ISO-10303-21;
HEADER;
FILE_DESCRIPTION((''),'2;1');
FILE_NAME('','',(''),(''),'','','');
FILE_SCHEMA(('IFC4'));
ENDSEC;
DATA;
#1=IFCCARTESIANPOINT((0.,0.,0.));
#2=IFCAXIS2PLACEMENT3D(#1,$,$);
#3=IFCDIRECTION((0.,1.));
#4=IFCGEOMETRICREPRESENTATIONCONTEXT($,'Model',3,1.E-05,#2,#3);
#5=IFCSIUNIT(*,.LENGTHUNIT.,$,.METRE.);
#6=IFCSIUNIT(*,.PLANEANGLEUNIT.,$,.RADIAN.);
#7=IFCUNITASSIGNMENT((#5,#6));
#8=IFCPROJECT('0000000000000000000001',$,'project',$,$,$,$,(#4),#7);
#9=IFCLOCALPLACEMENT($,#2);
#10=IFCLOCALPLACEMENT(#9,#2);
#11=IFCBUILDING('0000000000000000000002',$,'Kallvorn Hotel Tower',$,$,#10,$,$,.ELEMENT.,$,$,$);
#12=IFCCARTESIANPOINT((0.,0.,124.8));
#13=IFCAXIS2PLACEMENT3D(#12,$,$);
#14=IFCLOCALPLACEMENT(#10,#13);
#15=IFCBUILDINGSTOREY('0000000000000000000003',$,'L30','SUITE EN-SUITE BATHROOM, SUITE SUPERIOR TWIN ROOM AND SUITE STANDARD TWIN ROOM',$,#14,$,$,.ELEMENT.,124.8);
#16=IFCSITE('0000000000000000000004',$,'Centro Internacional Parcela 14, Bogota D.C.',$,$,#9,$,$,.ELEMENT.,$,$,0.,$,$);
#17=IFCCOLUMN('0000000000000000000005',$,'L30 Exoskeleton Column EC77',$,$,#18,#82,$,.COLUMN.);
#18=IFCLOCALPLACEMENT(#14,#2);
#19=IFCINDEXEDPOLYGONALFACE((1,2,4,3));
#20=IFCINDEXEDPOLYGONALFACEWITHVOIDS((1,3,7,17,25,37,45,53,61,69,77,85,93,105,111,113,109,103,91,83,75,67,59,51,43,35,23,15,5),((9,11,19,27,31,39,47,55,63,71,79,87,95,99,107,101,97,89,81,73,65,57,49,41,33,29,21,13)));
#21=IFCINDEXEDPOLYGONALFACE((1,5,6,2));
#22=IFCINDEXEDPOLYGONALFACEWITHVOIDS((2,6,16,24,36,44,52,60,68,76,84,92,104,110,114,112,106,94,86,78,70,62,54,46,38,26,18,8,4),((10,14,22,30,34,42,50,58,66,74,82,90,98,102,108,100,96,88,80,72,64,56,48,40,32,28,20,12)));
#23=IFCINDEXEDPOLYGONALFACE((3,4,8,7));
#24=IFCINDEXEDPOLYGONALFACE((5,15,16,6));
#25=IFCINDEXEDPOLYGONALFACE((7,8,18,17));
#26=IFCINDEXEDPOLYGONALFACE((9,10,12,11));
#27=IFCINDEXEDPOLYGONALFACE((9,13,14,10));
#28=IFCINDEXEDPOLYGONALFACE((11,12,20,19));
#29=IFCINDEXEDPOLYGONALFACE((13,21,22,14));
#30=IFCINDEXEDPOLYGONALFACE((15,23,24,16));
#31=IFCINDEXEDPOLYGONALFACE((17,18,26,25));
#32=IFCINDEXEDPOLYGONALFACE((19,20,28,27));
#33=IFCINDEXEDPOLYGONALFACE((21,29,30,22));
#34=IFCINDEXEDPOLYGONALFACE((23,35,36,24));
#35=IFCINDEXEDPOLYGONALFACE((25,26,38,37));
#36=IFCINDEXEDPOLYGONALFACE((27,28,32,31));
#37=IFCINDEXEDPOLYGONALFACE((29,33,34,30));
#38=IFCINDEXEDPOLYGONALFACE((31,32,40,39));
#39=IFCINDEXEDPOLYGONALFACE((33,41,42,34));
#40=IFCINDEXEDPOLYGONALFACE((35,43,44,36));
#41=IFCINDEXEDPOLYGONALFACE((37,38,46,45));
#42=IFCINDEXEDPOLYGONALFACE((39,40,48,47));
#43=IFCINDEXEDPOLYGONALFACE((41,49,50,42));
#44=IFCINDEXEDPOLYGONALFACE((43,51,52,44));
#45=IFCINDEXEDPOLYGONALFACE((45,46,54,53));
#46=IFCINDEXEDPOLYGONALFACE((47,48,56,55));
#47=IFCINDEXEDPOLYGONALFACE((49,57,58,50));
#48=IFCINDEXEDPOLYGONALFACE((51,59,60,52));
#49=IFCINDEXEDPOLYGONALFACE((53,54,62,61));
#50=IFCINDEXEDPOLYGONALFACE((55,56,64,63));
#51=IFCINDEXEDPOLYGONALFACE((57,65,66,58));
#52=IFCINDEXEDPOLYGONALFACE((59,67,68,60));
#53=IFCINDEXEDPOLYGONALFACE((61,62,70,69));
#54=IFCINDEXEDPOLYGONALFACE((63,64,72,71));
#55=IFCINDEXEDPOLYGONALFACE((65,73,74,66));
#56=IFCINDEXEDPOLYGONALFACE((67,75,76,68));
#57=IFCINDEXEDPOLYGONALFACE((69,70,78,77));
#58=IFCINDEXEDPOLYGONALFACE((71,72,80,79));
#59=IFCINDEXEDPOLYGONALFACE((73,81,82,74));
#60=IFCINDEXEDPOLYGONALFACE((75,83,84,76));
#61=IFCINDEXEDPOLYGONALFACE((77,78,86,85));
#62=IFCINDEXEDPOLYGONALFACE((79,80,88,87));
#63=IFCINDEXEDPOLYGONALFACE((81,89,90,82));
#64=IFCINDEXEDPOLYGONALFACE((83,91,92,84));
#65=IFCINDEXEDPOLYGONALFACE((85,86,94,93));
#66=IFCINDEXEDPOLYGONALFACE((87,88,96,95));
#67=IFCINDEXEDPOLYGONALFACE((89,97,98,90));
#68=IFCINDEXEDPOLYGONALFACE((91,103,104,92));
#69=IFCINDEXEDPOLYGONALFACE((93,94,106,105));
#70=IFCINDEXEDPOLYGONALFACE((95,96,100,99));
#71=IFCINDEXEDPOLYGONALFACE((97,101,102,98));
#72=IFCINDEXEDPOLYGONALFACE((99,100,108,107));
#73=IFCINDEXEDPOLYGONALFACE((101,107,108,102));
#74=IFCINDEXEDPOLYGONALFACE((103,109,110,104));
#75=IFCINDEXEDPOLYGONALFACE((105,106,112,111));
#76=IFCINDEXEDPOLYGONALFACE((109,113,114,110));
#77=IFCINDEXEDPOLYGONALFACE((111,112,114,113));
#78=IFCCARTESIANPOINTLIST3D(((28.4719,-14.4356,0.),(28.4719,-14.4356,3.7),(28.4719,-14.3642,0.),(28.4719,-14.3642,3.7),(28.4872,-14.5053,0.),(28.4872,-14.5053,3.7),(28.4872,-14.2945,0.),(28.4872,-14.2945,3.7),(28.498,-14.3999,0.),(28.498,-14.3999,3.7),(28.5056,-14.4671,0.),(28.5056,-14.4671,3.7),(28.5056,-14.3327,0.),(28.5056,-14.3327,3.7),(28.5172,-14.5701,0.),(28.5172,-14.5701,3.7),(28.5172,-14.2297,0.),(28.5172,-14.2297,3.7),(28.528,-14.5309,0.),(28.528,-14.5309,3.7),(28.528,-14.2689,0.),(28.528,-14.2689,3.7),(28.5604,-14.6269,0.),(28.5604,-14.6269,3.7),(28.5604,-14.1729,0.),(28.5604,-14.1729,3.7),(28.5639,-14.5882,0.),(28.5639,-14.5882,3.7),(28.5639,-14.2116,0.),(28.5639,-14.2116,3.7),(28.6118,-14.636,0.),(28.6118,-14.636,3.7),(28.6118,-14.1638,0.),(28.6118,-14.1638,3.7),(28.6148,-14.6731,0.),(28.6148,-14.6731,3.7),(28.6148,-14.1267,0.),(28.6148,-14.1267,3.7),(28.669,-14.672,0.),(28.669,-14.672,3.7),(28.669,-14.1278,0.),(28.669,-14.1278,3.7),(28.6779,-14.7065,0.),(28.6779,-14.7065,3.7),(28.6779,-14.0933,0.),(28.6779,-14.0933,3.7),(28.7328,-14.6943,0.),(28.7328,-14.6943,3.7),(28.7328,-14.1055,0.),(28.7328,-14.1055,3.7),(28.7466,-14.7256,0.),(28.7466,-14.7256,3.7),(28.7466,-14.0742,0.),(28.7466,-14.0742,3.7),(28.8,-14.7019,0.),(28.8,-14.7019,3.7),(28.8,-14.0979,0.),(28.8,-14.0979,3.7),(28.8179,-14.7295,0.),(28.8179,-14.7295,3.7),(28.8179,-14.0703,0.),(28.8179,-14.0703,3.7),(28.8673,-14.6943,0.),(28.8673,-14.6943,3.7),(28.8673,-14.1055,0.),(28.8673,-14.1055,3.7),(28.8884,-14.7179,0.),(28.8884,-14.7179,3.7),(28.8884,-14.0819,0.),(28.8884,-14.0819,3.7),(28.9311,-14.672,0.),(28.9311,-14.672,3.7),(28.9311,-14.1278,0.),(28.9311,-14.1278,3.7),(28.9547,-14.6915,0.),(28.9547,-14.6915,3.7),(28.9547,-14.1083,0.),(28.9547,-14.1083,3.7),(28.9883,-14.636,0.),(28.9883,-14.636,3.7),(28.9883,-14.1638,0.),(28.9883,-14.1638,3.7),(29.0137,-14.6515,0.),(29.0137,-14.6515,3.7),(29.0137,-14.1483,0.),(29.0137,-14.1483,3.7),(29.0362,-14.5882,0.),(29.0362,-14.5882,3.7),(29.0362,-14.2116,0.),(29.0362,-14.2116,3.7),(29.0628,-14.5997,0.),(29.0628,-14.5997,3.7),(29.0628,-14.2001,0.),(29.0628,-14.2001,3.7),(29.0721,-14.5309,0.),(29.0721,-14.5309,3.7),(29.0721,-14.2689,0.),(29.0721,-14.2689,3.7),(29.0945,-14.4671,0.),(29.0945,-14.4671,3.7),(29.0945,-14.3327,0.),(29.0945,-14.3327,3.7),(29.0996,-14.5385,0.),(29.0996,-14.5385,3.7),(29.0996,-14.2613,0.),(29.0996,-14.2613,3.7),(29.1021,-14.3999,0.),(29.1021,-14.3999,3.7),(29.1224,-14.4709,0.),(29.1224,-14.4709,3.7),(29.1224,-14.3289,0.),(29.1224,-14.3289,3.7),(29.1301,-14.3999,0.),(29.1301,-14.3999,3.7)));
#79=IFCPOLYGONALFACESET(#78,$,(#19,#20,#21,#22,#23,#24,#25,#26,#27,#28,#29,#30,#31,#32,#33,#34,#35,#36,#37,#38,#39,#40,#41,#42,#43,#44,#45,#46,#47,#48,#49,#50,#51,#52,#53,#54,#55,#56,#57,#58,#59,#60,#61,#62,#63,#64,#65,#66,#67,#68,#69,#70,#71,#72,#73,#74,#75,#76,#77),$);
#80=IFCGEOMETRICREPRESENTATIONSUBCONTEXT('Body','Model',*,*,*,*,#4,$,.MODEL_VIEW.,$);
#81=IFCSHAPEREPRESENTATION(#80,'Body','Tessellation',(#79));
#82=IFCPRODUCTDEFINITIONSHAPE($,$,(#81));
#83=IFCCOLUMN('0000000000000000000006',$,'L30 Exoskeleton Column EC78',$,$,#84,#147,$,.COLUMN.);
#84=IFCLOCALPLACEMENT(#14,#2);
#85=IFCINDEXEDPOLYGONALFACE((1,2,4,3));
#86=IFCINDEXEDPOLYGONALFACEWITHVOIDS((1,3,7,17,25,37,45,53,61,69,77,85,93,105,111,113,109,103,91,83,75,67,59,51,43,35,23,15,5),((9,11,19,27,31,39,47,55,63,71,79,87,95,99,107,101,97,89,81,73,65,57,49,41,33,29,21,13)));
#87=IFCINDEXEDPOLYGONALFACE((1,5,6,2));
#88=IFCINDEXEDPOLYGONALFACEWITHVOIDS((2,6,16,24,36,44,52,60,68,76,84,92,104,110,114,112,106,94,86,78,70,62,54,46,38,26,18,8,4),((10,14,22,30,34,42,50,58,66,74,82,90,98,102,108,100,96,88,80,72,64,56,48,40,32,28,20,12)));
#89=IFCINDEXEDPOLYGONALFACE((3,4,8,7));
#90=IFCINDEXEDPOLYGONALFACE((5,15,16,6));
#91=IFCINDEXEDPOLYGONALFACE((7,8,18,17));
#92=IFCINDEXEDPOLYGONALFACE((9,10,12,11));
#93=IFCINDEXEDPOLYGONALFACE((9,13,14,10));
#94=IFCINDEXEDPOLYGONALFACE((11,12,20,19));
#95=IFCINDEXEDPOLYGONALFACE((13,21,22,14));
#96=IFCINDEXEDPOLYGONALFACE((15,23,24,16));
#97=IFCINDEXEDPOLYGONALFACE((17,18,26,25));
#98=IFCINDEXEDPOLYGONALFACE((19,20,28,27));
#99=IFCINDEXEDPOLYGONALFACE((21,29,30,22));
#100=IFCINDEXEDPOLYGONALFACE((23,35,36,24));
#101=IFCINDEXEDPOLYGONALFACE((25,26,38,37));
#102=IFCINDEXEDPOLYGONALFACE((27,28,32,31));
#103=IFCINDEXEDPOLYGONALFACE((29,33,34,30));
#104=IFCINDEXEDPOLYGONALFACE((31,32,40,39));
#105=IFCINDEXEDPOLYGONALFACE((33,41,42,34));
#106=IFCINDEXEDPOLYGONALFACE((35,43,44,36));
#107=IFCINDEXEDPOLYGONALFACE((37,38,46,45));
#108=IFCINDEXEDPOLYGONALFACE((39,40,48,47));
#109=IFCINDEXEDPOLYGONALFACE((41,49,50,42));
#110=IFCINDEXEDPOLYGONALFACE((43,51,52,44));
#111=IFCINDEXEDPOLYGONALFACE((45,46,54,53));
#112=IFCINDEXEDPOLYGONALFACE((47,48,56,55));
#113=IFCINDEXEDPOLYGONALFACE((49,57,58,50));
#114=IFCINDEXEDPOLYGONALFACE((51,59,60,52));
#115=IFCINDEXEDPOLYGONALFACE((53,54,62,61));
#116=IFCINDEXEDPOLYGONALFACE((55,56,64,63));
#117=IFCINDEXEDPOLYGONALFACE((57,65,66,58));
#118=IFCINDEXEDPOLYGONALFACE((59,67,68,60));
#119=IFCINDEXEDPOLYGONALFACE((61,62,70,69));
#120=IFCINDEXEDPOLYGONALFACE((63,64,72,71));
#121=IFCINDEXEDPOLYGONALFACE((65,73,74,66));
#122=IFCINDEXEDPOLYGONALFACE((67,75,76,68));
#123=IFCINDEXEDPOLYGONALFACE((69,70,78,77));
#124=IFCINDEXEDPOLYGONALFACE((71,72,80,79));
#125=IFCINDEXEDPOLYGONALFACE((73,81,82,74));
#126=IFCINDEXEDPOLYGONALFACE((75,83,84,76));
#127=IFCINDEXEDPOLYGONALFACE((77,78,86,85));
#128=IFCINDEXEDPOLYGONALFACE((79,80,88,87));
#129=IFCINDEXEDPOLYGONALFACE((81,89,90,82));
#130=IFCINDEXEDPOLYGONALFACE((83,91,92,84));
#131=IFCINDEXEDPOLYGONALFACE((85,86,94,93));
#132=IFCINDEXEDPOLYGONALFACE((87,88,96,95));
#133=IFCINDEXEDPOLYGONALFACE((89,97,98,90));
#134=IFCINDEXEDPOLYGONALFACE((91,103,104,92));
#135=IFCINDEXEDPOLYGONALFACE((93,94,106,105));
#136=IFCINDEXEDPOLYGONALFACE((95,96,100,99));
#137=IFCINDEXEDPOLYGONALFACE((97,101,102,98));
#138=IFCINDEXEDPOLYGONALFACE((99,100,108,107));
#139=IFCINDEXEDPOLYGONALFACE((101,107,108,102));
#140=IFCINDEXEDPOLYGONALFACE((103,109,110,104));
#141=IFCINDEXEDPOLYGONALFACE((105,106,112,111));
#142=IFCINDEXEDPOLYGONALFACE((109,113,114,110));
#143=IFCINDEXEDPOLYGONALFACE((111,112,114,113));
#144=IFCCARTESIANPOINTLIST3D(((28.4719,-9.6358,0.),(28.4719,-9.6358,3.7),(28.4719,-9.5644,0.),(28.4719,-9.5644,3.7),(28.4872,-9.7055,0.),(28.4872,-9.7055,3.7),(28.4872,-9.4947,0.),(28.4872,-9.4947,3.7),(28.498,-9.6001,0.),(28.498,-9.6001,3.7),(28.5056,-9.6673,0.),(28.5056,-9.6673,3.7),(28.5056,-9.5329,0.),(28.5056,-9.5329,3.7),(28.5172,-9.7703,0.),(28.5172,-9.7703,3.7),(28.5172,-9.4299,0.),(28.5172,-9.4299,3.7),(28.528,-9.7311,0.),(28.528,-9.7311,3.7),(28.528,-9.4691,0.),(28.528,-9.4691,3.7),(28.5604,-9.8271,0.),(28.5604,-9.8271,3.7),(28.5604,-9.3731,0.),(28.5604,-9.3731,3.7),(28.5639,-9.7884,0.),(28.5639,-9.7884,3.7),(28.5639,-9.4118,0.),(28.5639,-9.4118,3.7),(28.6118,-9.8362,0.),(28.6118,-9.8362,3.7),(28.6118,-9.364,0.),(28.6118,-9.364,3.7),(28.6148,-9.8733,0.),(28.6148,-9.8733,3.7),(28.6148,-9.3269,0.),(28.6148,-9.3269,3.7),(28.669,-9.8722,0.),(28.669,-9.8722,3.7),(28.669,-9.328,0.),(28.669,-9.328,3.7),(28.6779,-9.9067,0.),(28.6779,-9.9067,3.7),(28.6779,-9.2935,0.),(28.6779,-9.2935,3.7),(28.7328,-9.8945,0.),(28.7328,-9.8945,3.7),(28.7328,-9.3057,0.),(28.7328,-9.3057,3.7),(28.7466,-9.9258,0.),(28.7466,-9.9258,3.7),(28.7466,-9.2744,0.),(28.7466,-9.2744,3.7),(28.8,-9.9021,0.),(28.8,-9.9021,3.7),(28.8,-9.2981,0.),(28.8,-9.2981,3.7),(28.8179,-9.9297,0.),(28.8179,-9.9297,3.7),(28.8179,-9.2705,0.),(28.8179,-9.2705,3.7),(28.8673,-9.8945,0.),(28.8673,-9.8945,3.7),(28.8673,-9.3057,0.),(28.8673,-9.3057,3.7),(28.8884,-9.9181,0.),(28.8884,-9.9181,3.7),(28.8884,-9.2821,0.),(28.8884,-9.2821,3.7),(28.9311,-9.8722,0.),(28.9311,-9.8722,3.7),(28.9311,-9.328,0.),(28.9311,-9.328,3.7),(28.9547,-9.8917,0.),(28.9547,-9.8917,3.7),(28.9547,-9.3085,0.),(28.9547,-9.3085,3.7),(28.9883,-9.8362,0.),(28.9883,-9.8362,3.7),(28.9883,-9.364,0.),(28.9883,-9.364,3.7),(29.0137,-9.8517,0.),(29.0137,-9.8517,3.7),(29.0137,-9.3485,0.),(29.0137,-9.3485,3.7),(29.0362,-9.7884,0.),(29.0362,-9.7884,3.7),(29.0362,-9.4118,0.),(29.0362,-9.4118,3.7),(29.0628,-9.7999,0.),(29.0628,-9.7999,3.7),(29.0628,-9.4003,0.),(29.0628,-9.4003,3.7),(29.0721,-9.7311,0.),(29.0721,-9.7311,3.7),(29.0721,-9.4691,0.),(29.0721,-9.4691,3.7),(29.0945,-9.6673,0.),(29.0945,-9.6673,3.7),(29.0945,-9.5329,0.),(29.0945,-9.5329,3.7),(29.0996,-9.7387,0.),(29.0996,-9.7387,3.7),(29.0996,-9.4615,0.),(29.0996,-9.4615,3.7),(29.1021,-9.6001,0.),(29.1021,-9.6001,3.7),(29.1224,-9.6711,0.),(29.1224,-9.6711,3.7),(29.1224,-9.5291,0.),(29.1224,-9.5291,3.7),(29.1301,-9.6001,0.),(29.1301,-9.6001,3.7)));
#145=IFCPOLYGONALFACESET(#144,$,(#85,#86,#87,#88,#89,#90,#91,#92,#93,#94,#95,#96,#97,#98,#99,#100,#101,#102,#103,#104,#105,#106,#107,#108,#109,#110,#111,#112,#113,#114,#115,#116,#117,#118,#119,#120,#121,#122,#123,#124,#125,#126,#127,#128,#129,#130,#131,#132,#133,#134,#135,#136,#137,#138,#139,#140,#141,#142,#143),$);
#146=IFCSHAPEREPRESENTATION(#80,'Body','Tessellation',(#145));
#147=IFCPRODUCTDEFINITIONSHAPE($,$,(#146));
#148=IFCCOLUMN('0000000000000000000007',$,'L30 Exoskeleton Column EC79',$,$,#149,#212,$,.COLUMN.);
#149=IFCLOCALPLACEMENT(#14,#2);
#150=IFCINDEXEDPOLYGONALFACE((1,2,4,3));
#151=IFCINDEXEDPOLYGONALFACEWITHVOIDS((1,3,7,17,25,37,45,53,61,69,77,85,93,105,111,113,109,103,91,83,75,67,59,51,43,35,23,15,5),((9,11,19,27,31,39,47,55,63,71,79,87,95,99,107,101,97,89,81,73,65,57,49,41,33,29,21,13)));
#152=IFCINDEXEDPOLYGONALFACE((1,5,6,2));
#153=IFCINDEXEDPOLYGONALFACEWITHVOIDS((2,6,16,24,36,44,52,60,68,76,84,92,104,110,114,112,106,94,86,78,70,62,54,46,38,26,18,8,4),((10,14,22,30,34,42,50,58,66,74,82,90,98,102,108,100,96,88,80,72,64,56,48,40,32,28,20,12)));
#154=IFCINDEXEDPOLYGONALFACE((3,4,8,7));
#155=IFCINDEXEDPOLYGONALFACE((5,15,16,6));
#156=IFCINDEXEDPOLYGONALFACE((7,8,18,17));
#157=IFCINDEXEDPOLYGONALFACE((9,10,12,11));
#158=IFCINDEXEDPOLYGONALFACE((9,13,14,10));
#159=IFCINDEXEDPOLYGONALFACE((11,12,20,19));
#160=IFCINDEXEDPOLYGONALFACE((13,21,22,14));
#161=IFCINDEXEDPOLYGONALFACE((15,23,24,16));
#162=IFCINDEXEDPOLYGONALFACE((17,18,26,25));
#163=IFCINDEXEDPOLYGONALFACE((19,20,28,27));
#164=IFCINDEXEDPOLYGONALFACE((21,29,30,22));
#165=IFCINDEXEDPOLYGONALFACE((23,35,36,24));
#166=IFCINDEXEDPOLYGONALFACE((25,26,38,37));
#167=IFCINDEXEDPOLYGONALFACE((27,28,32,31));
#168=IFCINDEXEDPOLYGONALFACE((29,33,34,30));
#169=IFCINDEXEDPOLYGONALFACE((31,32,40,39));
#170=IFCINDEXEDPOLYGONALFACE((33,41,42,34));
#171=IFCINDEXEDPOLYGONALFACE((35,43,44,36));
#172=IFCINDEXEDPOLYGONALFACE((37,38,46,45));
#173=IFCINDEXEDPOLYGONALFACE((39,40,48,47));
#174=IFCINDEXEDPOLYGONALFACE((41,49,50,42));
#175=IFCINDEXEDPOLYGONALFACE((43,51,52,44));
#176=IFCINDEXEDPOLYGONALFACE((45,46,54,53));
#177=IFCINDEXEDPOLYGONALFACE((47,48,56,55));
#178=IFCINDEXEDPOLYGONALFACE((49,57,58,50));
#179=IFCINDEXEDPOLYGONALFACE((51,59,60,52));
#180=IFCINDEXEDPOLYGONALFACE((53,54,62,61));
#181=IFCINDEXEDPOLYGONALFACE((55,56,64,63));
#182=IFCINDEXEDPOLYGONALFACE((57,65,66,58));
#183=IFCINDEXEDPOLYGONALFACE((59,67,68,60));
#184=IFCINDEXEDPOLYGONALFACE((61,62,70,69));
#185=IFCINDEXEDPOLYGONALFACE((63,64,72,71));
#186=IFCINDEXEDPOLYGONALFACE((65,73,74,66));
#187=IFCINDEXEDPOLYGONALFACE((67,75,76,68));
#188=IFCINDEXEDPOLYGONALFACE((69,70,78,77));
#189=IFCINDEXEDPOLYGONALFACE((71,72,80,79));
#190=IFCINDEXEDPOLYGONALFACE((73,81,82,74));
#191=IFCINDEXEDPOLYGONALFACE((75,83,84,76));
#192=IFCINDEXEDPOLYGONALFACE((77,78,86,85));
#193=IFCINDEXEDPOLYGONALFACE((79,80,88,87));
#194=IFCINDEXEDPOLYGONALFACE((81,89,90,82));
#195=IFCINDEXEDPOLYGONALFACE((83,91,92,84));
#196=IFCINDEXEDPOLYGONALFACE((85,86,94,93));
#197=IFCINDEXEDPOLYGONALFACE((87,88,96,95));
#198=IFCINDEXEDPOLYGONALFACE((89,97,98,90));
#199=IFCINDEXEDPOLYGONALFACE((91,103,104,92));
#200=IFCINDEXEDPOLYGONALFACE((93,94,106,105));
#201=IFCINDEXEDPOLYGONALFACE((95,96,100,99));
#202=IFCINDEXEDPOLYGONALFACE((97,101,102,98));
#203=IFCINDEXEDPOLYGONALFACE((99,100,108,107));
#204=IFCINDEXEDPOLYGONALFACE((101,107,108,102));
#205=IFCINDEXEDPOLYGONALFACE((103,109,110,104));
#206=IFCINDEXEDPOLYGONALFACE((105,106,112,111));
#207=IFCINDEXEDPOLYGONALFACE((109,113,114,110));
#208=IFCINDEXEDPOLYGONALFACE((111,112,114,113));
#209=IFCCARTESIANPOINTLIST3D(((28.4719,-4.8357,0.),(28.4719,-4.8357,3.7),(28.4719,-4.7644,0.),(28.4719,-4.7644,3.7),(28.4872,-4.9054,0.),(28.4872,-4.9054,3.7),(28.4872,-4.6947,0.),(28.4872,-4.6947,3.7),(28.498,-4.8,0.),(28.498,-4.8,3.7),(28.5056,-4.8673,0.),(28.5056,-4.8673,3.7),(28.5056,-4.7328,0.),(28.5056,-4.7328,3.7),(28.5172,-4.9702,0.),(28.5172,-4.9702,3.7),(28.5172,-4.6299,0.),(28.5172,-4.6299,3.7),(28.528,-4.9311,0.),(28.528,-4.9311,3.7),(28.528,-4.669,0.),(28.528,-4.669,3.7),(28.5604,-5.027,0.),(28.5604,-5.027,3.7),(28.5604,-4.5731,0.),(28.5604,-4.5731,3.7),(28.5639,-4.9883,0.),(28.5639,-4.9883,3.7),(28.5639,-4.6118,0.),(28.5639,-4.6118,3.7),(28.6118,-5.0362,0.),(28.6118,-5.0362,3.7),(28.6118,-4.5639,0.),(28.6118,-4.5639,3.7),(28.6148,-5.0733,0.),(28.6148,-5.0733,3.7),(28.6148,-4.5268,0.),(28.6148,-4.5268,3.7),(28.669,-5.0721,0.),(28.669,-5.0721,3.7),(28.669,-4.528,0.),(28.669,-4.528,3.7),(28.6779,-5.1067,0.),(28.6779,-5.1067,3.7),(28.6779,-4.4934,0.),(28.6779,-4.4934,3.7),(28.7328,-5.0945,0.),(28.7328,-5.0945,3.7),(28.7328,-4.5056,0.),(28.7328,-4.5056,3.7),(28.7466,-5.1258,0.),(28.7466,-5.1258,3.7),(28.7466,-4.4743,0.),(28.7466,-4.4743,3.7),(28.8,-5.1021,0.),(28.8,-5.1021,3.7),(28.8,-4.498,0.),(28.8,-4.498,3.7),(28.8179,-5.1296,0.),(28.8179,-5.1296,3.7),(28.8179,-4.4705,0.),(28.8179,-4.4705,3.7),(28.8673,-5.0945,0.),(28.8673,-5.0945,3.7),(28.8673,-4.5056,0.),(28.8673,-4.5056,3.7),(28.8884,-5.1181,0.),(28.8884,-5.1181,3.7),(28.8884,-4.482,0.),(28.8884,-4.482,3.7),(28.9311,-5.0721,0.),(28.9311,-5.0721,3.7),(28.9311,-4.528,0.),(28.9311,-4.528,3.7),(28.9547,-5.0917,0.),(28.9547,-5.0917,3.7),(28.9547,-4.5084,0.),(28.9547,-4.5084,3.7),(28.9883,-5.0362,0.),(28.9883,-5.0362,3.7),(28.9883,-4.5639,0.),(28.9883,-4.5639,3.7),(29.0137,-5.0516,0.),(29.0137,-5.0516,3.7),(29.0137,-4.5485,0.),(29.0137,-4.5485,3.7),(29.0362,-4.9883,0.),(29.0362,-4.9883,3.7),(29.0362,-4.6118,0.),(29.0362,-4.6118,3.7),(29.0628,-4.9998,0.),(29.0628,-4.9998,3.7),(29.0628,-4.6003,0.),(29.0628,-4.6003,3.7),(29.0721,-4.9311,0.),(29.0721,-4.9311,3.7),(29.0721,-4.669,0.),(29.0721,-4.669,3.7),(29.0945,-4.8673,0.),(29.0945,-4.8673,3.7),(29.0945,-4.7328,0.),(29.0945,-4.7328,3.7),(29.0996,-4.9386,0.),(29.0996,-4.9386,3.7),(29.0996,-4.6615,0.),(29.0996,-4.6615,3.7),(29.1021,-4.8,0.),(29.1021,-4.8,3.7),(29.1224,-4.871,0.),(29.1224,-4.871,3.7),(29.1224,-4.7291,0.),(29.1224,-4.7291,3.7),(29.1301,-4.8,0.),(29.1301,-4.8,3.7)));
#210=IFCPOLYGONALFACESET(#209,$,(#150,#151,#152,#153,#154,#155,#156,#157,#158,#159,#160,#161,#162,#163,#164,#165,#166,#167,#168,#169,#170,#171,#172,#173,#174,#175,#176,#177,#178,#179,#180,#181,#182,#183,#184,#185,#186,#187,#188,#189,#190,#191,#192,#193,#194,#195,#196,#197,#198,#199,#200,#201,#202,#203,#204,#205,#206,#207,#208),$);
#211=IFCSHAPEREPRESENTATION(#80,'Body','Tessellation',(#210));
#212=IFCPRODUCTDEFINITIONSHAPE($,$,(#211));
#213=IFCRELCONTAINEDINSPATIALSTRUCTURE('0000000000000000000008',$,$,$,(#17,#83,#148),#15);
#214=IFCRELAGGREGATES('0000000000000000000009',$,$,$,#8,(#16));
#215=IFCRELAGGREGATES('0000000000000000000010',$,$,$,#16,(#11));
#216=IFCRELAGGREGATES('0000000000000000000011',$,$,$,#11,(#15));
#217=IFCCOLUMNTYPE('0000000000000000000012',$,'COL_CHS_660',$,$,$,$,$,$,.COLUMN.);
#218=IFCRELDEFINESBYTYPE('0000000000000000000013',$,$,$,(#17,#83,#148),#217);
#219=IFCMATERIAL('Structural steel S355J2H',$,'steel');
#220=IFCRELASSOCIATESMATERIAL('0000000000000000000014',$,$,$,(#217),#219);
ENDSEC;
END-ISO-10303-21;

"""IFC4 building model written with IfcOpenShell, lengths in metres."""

from ifc_helpers import new_model, si_unit, direction, frame, origin, origin_2d, place, context, subcontext, project, spatial, hollow_circle, extrude, material, material_profile, profile_set, type_object, element, save


model = new_model("IFC4")

# Units and contexts
model_context = context("Model", 3, precision=1e-05, world=origin(), true_north=direction((0.0, 1.0)))
body_context = subcontext(model_context, "Body", "Model", "MODEL_VIEW")
ifc_project = project(units=[si_unit("LENGTHUNIT", "METRE"), si_unit("PLANEANGLEUNIT", "RADIAN")], contexts=[model_context])

# Site, building, storey
site_placement = place(None, origin())
site = spatial("IfcSite", under=ifc_project, at=site_placement, Name="Centro Internacional Parcela 14, Bogota D.C.", CompositionType="ELEMENT", RefElevation=0.0)
building_placement = place(site_placement, origin())
building = spatial("IfcBuilding", under=site, at=building_placement, Name="Kallvorn Hotel Tower", CompositionType="ELEMENT")
storey_placement = place(building_placement, frame((0.0, 0.0, 124.8)))
storey = spatial("IfcBuildingStorey", under=building, at=storey_placement, Name="L30", Description="SUITE EN-SUITE BATHROOM, SUITE SUPERIOR TWIN ROOM AND SUITE STANDARD TWIN ROOM", CompositionType="ELEMENT", Elevation=124.8)

# Columns
ifc_material_1 = material(Name="Structural steel S355J2H", Category="steel")
ifc_material_profile_1 = material_profile(ifc_material_1, hollow_circle(Radius=0.3301, WallThickness=0.0281, at=origin_2d()), Name="CHS 660x28")
ifc_profile_set_1 = profile_set([ifc_material_profile_1], Name="Structural steel S355J2H")
column_type_1 = type_object("IfcColumnType", Name="COL_CHS_660", PredefinedType="COLUMN", material=ifc_profile_set_1)
for number, where, z_axis, x_axis, name in (
    (1, (28.8, -14.3999, 0.0), (0.0, 0.0, 1.0), (1.0, 0.0, 0.0), "L30 Exoskeleton Column EC77"),
    (2, (28.8, -9.6001, 0.0), (0.0, 0.0, 1.0), (1.0, 0.0, 0.0), "L30 Exoskeleton Column EC78"),
    (3, (28.8, -4.8, 0.0), (0.0, 0.0, 1.0), (1.0, 0.0, 0.0), "L30 Exoskeleton Column EC79"),
):
    element("IfcColumn", number, at=place(storey_placement, frame(where, z_axis=z_axis, x_axis=x_axis)), inside=storey, type_object=column_type_1, Name=name, PredefinedType="COLUMN", context=body_context, shape_type="SweptSolid", body=[
        extrude(hollow_circle(Radius=0.3301, WallThickness=0.0281, at=origin_2d()), origin(), (0.0, 0.0, 1.0), 3.7),
    ])

save(model, "model.ifc")
